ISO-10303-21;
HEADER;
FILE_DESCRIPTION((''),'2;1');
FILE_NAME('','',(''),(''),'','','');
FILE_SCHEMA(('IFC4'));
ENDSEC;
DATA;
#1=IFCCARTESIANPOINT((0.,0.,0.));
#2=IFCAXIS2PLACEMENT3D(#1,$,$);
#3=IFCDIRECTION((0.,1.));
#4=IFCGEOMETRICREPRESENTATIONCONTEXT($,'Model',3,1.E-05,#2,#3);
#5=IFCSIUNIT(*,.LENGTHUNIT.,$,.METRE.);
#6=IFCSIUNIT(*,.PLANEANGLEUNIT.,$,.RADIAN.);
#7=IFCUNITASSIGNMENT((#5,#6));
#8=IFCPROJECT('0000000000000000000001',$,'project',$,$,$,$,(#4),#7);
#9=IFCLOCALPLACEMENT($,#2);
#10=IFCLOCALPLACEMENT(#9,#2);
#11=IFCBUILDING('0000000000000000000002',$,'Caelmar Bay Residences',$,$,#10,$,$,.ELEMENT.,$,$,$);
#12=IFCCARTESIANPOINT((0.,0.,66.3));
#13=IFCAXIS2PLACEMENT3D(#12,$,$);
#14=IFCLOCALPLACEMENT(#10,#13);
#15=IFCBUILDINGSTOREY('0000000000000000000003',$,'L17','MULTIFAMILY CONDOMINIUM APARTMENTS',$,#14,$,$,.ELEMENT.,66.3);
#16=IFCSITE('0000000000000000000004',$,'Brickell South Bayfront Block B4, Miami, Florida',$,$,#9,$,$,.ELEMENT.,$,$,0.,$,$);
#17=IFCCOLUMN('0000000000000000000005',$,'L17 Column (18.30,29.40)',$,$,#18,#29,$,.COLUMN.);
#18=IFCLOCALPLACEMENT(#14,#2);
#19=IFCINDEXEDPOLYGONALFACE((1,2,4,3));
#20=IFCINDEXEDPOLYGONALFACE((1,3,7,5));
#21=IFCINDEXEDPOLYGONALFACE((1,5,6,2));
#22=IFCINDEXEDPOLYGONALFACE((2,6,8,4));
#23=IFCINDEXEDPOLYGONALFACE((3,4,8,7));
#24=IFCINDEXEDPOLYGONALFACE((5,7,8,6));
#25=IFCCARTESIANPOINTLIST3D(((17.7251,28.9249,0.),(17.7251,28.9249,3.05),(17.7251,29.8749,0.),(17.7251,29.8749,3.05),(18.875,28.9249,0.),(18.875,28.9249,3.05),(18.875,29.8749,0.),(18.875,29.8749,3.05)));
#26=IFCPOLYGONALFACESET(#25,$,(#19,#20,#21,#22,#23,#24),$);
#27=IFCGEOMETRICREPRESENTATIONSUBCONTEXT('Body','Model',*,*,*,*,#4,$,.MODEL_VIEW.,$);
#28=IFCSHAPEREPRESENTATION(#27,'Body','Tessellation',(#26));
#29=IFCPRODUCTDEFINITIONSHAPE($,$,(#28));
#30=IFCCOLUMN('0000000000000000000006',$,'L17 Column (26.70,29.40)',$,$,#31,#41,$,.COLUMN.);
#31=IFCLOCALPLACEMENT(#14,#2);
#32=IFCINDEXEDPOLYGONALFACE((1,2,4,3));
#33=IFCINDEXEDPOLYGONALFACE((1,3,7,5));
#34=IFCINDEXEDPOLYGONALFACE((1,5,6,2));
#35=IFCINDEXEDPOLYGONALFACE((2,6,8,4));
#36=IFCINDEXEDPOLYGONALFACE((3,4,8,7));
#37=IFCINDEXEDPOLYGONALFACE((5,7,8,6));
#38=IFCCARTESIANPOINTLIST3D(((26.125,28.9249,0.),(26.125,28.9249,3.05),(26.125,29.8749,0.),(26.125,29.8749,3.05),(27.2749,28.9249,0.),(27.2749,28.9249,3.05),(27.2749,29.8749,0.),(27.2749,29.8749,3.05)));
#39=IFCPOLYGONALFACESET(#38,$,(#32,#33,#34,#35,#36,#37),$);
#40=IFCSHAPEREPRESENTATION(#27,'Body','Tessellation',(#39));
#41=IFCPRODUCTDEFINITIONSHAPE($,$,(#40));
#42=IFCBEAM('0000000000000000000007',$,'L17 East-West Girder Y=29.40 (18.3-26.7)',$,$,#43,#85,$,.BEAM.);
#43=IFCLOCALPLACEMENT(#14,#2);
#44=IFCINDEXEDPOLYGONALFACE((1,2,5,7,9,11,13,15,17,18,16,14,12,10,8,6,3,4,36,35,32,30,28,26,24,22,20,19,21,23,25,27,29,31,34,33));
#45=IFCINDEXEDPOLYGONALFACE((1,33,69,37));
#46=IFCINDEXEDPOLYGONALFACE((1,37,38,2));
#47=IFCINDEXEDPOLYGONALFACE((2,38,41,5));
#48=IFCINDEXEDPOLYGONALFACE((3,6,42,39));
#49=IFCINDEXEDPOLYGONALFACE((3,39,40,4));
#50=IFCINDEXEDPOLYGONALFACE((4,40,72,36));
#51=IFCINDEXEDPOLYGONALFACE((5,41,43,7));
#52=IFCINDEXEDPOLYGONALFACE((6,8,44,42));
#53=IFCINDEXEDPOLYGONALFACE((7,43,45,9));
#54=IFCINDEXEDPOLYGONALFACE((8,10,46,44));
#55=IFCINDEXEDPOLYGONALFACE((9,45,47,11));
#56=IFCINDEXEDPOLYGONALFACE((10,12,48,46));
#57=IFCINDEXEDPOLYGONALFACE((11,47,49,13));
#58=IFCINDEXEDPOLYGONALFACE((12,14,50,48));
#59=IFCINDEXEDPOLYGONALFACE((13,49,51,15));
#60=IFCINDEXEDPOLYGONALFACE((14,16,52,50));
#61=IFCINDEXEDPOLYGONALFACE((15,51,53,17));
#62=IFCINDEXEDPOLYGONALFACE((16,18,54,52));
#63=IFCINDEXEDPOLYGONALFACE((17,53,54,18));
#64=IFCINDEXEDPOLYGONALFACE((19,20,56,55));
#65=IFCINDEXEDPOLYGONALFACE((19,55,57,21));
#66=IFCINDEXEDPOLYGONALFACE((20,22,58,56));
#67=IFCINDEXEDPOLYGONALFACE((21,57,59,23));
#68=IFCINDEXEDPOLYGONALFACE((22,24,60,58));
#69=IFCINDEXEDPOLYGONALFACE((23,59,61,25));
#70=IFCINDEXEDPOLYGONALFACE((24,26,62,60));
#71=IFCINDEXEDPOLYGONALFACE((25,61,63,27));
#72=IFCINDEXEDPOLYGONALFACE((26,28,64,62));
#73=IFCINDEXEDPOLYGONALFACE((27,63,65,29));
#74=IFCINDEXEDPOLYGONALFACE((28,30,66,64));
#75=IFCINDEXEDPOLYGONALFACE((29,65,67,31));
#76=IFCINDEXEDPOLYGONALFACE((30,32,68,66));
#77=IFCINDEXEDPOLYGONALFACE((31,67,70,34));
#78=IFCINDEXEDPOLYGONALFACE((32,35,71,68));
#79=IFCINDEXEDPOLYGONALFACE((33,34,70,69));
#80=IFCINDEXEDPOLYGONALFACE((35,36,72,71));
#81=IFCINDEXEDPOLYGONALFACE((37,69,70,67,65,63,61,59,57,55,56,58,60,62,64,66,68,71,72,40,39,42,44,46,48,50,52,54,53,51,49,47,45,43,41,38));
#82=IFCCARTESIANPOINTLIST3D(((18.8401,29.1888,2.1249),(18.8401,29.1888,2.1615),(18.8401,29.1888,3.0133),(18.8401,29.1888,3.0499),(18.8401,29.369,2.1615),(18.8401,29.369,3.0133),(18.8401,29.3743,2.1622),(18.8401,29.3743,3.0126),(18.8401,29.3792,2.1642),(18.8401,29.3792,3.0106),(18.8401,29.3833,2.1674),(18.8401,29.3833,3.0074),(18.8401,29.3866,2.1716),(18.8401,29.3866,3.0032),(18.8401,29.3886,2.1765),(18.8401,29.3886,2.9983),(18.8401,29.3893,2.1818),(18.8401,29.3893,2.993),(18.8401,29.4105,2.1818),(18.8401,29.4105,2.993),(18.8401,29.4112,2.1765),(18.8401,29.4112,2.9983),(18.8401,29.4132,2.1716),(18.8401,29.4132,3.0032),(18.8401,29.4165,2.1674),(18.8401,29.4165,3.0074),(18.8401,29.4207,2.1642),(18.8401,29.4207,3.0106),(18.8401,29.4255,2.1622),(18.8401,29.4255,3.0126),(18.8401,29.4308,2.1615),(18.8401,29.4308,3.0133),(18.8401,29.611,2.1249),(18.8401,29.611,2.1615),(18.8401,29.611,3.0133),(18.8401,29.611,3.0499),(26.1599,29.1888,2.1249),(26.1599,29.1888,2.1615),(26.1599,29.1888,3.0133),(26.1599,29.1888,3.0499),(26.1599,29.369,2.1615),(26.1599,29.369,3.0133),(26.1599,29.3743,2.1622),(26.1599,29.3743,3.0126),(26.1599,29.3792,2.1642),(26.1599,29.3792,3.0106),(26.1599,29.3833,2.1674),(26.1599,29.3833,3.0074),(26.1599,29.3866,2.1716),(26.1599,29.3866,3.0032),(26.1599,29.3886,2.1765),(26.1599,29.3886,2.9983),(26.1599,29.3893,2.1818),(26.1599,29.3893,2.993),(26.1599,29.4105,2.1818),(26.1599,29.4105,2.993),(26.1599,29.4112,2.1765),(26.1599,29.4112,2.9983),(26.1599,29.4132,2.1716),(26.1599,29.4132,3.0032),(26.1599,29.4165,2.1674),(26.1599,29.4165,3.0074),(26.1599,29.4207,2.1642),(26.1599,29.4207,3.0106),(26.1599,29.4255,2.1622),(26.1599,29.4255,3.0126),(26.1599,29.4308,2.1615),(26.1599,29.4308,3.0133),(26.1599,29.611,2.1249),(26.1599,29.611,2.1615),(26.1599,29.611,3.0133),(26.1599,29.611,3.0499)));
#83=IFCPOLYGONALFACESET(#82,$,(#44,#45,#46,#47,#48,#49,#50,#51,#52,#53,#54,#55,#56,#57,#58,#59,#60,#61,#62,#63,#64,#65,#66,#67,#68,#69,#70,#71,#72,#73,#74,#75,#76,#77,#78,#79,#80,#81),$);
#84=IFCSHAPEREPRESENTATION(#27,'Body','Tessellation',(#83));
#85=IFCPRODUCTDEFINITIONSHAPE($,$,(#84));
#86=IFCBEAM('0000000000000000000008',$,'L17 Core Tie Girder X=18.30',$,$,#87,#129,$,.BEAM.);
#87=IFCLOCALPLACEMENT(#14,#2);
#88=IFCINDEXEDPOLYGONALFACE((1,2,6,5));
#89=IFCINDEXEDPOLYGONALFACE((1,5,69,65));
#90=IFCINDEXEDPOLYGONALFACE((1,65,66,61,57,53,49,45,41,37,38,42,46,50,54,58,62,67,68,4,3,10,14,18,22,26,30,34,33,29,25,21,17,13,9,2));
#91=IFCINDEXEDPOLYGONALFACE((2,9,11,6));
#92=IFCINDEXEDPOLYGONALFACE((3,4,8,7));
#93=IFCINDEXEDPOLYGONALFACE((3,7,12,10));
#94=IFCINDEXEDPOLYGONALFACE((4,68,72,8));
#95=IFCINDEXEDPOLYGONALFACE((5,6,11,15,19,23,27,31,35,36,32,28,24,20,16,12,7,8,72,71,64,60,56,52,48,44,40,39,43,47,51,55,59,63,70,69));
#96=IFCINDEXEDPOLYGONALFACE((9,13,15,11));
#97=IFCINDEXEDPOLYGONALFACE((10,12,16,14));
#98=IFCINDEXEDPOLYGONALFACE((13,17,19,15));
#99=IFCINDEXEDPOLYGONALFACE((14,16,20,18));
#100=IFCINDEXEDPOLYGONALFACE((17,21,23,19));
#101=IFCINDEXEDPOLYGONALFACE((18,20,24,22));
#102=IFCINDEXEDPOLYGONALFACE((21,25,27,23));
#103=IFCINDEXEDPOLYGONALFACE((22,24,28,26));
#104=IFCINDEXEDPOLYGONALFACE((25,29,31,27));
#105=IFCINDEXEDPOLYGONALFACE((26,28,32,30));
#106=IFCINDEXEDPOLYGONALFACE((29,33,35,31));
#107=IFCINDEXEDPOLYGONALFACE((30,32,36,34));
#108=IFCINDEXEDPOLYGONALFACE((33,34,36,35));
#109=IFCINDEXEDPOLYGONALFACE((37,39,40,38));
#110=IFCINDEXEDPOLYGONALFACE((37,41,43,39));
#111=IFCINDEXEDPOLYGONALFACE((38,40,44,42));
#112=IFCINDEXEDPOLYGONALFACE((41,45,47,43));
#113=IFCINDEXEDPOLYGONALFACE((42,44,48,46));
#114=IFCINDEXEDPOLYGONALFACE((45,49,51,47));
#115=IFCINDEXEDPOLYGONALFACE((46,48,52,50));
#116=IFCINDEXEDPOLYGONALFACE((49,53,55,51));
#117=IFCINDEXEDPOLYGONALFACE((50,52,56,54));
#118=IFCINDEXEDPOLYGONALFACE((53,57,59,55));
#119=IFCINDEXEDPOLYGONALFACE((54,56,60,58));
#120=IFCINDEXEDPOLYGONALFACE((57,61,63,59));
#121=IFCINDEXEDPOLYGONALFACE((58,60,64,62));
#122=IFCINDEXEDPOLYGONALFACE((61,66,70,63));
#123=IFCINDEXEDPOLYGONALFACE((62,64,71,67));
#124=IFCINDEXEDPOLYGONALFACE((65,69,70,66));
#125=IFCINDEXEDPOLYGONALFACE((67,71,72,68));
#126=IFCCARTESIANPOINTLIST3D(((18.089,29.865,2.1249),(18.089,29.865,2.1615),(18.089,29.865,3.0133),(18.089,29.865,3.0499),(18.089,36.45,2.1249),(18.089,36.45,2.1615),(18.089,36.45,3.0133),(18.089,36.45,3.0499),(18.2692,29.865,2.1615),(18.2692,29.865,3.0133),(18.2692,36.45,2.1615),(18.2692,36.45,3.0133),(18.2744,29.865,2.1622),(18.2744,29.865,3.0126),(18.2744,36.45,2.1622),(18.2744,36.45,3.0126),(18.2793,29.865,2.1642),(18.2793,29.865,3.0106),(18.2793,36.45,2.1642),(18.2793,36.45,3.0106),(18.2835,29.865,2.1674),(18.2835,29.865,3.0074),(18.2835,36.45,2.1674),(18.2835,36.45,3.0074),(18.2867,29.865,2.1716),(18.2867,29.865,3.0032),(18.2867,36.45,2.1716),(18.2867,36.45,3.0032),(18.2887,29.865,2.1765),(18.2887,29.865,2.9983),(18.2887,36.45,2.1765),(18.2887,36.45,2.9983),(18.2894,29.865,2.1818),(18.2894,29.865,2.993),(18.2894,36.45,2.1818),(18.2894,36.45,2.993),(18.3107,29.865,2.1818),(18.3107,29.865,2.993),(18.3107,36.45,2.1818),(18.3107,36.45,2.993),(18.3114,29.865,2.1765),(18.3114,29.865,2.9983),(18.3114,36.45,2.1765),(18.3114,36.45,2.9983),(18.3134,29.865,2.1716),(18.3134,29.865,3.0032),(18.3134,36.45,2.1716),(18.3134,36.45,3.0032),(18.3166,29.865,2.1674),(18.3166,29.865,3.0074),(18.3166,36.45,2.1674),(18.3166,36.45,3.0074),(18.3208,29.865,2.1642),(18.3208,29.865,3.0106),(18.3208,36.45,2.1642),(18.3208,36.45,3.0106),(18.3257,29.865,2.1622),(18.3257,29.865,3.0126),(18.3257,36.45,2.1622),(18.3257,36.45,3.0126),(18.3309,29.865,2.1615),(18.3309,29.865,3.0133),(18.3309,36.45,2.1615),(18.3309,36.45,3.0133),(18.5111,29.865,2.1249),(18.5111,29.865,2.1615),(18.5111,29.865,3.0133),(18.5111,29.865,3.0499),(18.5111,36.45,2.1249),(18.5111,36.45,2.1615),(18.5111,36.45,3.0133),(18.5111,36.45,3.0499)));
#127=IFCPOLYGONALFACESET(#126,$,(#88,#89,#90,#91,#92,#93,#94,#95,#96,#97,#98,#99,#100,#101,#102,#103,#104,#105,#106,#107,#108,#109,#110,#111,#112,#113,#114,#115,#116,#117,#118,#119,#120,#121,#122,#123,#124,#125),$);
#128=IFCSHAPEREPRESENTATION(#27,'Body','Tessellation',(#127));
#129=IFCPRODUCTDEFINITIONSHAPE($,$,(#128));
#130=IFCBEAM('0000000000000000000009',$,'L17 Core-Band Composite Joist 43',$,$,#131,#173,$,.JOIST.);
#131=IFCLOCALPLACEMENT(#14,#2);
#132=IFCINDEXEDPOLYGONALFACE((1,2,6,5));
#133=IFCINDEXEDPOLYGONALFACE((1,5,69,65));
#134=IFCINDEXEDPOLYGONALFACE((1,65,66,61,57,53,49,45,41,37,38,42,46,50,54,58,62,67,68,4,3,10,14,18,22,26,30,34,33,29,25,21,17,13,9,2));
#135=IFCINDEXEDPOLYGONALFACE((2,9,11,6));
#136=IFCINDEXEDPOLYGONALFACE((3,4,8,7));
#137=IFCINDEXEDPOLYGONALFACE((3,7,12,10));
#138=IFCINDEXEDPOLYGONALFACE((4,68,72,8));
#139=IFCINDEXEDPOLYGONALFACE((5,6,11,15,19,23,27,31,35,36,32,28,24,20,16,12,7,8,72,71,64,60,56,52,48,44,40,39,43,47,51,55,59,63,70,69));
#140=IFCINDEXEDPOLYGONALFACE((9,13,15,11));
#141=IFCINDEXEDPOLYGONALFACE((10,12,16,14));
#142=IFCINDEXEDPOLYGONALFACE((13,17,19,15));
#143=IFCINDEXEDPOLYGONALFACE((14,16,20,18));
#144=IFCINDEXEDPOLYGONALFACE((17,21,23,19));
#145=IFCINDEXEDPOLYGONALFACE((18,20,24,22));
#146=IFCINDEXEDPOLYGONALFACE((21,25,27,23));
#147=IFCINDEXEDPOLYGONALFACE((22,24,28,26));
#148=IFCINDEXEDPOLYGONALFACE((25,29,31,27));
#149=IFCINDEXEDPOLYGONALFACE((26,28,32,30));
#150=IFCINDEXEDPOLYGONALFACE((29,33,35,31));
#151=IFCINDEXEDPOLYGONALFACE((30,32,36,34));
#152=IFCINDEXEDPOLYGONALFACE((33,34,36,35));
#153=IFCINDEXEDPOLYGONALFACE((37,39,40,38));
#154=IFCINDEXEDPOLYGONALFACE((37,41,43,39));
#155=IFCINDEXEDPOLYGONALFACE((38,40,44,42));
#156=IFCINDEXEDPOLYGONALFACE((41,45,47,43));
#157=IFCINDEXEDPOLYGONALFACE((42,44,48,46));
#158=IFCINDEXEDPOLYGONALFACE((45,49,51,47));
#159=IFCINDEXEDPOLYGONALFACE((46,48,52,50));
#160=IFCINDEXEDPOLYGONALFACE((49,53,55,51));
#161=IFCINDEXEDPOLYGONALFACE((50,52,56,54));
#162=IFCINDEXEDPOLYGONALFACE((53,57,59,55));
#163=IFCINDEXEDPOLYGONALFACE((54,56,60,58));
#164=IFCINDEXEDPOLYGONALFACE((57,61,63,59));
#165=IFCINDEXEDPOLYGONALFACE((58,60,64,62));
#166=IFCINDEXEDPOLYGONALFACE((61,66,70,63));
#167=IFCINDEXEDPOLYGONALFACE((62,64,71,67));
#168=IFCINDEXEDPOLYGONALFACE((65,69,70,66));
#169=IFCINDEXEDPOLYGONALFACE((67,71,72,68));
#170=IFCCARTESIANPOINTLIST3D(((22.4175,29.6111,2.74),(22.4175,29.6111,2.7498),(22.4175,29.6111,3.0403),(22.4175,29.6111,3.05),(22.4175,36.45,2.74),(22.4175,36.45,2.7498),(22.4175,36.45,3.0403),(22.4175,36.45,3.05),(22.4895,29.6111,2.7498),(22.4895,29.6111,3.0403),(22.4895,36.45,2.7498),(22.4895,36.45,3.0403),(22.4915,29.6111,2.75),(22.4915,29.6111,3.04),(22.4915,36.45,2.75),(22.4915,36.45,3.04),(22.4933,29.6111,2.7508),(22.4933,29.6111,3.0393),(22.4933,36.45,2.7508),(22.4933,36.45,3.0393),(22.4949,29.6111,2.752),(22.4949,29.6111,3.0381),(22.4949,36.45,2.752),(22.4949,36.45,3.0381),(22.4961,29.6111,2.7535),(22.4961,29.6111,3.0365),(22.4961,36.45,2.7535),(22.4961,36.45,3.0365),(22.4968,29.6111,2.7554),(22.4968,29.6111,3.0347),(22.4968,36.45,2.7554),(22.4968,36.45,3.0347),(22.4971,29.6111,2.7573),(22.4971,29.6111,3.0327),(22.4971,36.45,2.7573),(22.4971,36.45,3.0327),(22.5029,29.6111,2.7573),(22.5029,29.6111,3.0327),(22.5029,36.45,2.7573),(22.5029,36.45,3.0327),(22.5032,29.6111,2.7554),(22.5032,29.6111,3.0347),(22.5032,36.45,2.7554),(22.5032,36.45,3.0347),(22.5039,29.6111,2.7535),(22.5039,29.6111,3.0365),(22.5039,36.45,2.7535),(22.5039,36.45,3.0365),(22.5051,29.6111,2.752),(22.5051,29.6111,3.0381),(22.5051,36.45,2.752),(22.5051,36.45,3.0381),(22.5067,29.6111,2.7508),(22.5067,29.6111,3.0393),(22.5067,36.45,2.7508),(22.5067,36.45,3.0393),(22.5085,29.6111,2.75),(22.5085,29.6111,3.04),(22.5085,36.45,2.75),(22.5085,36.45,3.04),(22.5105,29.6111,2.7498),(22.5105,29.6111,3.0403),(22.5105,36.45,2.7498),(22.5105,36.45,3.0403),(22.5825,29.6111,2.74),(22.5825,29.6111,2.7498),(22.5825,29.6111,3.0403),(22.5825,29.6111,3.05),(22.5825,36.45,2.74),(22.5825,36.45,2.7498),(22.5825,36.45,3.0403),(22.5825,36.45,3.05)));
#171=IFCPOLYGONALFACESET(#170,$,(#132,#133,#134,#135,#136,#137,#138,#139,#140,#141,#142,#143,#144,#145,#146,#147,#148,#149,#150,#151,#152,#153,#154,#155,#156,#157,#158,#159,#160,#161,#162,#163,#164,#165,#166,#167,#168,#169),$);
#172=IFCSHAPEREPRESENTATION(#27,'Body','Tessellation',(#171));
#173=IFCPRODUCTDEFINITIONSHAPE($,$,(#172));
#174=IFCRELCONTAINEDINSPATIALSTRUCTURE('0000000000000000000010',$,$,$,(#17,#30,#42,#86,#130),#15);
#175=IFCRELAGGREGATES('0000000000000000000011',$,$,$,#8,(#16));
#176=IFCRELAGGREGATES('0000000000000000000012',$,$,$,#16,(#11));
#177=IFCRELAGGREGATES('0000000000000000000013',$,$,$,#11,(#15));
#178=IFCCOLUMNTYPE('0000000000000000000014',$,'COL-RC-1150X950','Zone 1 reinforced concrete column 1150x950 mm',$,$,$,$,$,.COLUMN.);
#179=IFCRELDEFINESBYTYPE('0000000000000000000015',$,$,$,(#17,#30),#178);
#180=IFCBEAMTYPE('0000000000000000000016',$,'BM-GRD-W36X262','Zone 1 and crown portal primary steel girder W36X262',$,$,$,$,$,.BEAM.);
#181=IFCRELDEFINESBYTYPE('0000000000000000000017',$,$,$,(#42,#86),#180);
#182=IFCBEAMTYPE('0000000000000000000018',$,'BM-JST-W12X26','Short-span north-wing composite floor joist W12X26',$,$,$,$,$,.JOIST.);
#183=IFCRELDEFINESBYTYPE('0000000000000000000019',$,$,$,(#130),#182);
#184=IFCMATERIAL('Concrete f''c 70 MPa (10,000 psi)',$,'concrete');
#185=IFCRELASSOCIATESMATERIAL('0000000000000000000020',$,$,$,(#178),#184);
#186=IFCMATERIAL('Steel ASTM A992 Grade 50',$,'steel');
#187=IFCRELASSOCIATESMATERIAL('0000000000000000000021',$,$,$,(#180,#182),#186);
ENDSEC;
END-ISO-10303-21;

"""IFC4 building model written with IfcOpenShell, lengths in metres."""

from ifc_helpers import new_model, si_unit, direction, frame, origin, origin_2d, place, context, subcontext, project, spatial, rectangle, i_section, extrude, material, material_profile, profile_set, type_object, element, save


model = new_model("IFC4")

# Units and contexts
model_context = context("Model", 3, precision=1e-05, world=origin(), true_north=direction((0.0, 1.0)))
body_context = subcontext(model_context, "Body", "Model", "MODEL_VIEW")
ifc_project = project(units=[si_unit("LENGTHUNIT", "METRE"), si_unit("PLANEANGLEUNIT", "RADIAN")], contexts=[model_context])

# Site, building, storey
site_placement = place(None, origin())
site = spatial("IfcSite", under=ifc_project, at=site_placement, Name="Brickell South Bayfront Block B4, Miami, Florida", CompositionType="ELEMENT", RefElevation=0.0)
building_placement = place(site_placement, origin())
building = spatial("IfcBuilding", under=site, at=building_placement, Name="Caelmar Bay Residences", CompositionType="ELEMENT")
storey_placement = place(building_placement, frame((0.0, 0.0, 66.3)))
storey = spatial("IfcBuildingStorey", under=building, at=storey_placement, Name="L17", Description="MULTIFAMILY CONDOMINIUM APARTMENTS", CompositionType="ELEMENT", Elevation=66.3)

# Columns
ifc_material_1 = material(Name="Concrete f'c 70 MPa (10,000 psi)", Category="concrete")
ifc_material_profile_1 = material_profile(ifc_material_1, rectangle(XDim=1.1499, YDim=0.95, at=origin_2d()), Name="RC-COL-1150X950")
ifc_profile_set_1 = profile_set([ifc_material_profile_1], Name="Concrete f'c 70 MPa (10,000 psi)")
column_type = type_object("IfcColumnType", Name="COL-RC-1150X950", Description="Zone 1 reinforced concrete column 1150x950 mm", PredefinedType="COLUMN", material=ifc_profile_set_1)
for number, where, z_axis, x_axis, name in (
    (1, (18.3, 29.3999, 0.0), (0.0, 0.0, 1.0), (1.0, 0.0, 0.0), "L17 Column (18.30,29.40)"),
    (2, (26.7, 29.3999, 0.0), (0.0, 0.0, 1.0), (1.0, 0.0, 0.0), "L17 Column (26.70,29.40)"),
):
    element("IfcColumn", number, at=place(storey_placement, frame(where, z_axis=z_axis, x_axis=x_axis)), inside=storey, type_object=column_type, Name=name, PredefinedType="COLUMN", context=body_context, shape_type="SweptSolid", body=[
        extrude(rectangle(XDim=1.1499, YDim=0.95, at=origin_2d()), origin(), (0.0, 0.0, 1.0), 3.05),
    ])

# Beams
ifc_material_2 = material(Name="Steel ASTM A992 Grade 50", Category="steel")
ifc_material_profile_2 = material_profile(ifc_material_2, i_section(OverallWidth=0.4221, OverallDepth=0.925, WebThickness=0.0212, FlangeThickness=0.0366, FilletRadius=0.0203, at=origin_2d()), Name="W36X262")
ifc_profile_set_2 = profile_set([ifc_material_profile_2], Name="Steel ASTM A992 Grade 50")
beam_type_1 = type_object("IfcBeamType", Name="BM-GRD-W36X262", Description="Zone 1 and crown portal primary steel girder W36X262", PredefinedType="BEAM", material=ifc_profile_set_2)
beam_1_placement = place(storey_placement, frame((18.8401, 29.3999, 2.5874), z_axis=(1.0, 0.0, 0.0), x_axis=(0.0, 1.0, 0.0)))
element("IfcBeam", 3, at=beam_1_placement, inside=storey, type_object=beam_type_1, Name="L17 East-West Girder Y=29.40 (18.3-26.7)", PredefinedType="BEAM", context=body_context, shape_type="SweptSolid", body=[
    extrude(i_section(OverallWidth=0.4221, OverallDepth=0.925, WebThickness=0.0212, FlangeThickness=0.0366, FilletRadius=0.0203, at=origin_2d()), origin(), (0.0, 0.0, 1.0), 7.3198),
])
beam_2_placement = place(storey_placement, frame((18.3, 29.865, 2.5874), z_axis=(0.0, 1.0, 0.0), x_axis=(-1.0, 0.0, 0.0)))
element("IfcBeam", 4, at=beam_2_placement, inside=storey, type_object=beam_type_1, Name="L17 Core Tie Girder X=18.30", PredefinedType="BEAM", context=body_context, shape_type="SweptSolid", body=[
    extrude(i_section(OverallWidth=0.4221, OverallDepth=0.925, WebThickness=0.0212, FlangeThickness=0.0366, FilletRadius=0.0203, at=origin_2d()), origin(), (0.0, 0.0, 1.0), 6.585),
])
ifc_material_profile_3 = material_profile(ifc_material_2, i_section(OverallWidth=0.165, OverallDepth=0.3101, WebThickness=0.0059, FlangeThickness=0.0098, FilletRadius=0.0076, at=origin_2d()), Name="W12X26")
ifc_profile_set_3 = profile_set([ifc_material_profile_3], Name="Steel ASTM A992 Grade 50")
beam_type_2 = type_object("IfcBeamType", Name="BM-JST-W12X26", Description="Short-span north-wing composite floor joist W12X26", PredefinedType="JOIST", material=ifc_profile_set_3)
beam_3_placement = place(storey_placement, frame((22.5, 29.6111, 2.895), z_axis=(0.0, 1.0, 0.0), x_axis=(-1.0, 0.0, 0.0)))
element("IfcBeam", 5, at=beam_3_placement, inside=storey, type_object=beam_type_2, Name="L17 Core-Band Composite Joist 43", PredefinedType="JOIST", context=body_context, shape_type="SweptSolid", body=[
    extrude(i_section(OverallWidth=0.165, OverallDepth=0.3101, WebThickness=0.0059, FlangeThickness=0.0098, FilletRadius=0.0076, at=origin_2d()), origin(), (0.0, 0.0, 1.0), 6.8389),
])

save(model, "model.ifc")
